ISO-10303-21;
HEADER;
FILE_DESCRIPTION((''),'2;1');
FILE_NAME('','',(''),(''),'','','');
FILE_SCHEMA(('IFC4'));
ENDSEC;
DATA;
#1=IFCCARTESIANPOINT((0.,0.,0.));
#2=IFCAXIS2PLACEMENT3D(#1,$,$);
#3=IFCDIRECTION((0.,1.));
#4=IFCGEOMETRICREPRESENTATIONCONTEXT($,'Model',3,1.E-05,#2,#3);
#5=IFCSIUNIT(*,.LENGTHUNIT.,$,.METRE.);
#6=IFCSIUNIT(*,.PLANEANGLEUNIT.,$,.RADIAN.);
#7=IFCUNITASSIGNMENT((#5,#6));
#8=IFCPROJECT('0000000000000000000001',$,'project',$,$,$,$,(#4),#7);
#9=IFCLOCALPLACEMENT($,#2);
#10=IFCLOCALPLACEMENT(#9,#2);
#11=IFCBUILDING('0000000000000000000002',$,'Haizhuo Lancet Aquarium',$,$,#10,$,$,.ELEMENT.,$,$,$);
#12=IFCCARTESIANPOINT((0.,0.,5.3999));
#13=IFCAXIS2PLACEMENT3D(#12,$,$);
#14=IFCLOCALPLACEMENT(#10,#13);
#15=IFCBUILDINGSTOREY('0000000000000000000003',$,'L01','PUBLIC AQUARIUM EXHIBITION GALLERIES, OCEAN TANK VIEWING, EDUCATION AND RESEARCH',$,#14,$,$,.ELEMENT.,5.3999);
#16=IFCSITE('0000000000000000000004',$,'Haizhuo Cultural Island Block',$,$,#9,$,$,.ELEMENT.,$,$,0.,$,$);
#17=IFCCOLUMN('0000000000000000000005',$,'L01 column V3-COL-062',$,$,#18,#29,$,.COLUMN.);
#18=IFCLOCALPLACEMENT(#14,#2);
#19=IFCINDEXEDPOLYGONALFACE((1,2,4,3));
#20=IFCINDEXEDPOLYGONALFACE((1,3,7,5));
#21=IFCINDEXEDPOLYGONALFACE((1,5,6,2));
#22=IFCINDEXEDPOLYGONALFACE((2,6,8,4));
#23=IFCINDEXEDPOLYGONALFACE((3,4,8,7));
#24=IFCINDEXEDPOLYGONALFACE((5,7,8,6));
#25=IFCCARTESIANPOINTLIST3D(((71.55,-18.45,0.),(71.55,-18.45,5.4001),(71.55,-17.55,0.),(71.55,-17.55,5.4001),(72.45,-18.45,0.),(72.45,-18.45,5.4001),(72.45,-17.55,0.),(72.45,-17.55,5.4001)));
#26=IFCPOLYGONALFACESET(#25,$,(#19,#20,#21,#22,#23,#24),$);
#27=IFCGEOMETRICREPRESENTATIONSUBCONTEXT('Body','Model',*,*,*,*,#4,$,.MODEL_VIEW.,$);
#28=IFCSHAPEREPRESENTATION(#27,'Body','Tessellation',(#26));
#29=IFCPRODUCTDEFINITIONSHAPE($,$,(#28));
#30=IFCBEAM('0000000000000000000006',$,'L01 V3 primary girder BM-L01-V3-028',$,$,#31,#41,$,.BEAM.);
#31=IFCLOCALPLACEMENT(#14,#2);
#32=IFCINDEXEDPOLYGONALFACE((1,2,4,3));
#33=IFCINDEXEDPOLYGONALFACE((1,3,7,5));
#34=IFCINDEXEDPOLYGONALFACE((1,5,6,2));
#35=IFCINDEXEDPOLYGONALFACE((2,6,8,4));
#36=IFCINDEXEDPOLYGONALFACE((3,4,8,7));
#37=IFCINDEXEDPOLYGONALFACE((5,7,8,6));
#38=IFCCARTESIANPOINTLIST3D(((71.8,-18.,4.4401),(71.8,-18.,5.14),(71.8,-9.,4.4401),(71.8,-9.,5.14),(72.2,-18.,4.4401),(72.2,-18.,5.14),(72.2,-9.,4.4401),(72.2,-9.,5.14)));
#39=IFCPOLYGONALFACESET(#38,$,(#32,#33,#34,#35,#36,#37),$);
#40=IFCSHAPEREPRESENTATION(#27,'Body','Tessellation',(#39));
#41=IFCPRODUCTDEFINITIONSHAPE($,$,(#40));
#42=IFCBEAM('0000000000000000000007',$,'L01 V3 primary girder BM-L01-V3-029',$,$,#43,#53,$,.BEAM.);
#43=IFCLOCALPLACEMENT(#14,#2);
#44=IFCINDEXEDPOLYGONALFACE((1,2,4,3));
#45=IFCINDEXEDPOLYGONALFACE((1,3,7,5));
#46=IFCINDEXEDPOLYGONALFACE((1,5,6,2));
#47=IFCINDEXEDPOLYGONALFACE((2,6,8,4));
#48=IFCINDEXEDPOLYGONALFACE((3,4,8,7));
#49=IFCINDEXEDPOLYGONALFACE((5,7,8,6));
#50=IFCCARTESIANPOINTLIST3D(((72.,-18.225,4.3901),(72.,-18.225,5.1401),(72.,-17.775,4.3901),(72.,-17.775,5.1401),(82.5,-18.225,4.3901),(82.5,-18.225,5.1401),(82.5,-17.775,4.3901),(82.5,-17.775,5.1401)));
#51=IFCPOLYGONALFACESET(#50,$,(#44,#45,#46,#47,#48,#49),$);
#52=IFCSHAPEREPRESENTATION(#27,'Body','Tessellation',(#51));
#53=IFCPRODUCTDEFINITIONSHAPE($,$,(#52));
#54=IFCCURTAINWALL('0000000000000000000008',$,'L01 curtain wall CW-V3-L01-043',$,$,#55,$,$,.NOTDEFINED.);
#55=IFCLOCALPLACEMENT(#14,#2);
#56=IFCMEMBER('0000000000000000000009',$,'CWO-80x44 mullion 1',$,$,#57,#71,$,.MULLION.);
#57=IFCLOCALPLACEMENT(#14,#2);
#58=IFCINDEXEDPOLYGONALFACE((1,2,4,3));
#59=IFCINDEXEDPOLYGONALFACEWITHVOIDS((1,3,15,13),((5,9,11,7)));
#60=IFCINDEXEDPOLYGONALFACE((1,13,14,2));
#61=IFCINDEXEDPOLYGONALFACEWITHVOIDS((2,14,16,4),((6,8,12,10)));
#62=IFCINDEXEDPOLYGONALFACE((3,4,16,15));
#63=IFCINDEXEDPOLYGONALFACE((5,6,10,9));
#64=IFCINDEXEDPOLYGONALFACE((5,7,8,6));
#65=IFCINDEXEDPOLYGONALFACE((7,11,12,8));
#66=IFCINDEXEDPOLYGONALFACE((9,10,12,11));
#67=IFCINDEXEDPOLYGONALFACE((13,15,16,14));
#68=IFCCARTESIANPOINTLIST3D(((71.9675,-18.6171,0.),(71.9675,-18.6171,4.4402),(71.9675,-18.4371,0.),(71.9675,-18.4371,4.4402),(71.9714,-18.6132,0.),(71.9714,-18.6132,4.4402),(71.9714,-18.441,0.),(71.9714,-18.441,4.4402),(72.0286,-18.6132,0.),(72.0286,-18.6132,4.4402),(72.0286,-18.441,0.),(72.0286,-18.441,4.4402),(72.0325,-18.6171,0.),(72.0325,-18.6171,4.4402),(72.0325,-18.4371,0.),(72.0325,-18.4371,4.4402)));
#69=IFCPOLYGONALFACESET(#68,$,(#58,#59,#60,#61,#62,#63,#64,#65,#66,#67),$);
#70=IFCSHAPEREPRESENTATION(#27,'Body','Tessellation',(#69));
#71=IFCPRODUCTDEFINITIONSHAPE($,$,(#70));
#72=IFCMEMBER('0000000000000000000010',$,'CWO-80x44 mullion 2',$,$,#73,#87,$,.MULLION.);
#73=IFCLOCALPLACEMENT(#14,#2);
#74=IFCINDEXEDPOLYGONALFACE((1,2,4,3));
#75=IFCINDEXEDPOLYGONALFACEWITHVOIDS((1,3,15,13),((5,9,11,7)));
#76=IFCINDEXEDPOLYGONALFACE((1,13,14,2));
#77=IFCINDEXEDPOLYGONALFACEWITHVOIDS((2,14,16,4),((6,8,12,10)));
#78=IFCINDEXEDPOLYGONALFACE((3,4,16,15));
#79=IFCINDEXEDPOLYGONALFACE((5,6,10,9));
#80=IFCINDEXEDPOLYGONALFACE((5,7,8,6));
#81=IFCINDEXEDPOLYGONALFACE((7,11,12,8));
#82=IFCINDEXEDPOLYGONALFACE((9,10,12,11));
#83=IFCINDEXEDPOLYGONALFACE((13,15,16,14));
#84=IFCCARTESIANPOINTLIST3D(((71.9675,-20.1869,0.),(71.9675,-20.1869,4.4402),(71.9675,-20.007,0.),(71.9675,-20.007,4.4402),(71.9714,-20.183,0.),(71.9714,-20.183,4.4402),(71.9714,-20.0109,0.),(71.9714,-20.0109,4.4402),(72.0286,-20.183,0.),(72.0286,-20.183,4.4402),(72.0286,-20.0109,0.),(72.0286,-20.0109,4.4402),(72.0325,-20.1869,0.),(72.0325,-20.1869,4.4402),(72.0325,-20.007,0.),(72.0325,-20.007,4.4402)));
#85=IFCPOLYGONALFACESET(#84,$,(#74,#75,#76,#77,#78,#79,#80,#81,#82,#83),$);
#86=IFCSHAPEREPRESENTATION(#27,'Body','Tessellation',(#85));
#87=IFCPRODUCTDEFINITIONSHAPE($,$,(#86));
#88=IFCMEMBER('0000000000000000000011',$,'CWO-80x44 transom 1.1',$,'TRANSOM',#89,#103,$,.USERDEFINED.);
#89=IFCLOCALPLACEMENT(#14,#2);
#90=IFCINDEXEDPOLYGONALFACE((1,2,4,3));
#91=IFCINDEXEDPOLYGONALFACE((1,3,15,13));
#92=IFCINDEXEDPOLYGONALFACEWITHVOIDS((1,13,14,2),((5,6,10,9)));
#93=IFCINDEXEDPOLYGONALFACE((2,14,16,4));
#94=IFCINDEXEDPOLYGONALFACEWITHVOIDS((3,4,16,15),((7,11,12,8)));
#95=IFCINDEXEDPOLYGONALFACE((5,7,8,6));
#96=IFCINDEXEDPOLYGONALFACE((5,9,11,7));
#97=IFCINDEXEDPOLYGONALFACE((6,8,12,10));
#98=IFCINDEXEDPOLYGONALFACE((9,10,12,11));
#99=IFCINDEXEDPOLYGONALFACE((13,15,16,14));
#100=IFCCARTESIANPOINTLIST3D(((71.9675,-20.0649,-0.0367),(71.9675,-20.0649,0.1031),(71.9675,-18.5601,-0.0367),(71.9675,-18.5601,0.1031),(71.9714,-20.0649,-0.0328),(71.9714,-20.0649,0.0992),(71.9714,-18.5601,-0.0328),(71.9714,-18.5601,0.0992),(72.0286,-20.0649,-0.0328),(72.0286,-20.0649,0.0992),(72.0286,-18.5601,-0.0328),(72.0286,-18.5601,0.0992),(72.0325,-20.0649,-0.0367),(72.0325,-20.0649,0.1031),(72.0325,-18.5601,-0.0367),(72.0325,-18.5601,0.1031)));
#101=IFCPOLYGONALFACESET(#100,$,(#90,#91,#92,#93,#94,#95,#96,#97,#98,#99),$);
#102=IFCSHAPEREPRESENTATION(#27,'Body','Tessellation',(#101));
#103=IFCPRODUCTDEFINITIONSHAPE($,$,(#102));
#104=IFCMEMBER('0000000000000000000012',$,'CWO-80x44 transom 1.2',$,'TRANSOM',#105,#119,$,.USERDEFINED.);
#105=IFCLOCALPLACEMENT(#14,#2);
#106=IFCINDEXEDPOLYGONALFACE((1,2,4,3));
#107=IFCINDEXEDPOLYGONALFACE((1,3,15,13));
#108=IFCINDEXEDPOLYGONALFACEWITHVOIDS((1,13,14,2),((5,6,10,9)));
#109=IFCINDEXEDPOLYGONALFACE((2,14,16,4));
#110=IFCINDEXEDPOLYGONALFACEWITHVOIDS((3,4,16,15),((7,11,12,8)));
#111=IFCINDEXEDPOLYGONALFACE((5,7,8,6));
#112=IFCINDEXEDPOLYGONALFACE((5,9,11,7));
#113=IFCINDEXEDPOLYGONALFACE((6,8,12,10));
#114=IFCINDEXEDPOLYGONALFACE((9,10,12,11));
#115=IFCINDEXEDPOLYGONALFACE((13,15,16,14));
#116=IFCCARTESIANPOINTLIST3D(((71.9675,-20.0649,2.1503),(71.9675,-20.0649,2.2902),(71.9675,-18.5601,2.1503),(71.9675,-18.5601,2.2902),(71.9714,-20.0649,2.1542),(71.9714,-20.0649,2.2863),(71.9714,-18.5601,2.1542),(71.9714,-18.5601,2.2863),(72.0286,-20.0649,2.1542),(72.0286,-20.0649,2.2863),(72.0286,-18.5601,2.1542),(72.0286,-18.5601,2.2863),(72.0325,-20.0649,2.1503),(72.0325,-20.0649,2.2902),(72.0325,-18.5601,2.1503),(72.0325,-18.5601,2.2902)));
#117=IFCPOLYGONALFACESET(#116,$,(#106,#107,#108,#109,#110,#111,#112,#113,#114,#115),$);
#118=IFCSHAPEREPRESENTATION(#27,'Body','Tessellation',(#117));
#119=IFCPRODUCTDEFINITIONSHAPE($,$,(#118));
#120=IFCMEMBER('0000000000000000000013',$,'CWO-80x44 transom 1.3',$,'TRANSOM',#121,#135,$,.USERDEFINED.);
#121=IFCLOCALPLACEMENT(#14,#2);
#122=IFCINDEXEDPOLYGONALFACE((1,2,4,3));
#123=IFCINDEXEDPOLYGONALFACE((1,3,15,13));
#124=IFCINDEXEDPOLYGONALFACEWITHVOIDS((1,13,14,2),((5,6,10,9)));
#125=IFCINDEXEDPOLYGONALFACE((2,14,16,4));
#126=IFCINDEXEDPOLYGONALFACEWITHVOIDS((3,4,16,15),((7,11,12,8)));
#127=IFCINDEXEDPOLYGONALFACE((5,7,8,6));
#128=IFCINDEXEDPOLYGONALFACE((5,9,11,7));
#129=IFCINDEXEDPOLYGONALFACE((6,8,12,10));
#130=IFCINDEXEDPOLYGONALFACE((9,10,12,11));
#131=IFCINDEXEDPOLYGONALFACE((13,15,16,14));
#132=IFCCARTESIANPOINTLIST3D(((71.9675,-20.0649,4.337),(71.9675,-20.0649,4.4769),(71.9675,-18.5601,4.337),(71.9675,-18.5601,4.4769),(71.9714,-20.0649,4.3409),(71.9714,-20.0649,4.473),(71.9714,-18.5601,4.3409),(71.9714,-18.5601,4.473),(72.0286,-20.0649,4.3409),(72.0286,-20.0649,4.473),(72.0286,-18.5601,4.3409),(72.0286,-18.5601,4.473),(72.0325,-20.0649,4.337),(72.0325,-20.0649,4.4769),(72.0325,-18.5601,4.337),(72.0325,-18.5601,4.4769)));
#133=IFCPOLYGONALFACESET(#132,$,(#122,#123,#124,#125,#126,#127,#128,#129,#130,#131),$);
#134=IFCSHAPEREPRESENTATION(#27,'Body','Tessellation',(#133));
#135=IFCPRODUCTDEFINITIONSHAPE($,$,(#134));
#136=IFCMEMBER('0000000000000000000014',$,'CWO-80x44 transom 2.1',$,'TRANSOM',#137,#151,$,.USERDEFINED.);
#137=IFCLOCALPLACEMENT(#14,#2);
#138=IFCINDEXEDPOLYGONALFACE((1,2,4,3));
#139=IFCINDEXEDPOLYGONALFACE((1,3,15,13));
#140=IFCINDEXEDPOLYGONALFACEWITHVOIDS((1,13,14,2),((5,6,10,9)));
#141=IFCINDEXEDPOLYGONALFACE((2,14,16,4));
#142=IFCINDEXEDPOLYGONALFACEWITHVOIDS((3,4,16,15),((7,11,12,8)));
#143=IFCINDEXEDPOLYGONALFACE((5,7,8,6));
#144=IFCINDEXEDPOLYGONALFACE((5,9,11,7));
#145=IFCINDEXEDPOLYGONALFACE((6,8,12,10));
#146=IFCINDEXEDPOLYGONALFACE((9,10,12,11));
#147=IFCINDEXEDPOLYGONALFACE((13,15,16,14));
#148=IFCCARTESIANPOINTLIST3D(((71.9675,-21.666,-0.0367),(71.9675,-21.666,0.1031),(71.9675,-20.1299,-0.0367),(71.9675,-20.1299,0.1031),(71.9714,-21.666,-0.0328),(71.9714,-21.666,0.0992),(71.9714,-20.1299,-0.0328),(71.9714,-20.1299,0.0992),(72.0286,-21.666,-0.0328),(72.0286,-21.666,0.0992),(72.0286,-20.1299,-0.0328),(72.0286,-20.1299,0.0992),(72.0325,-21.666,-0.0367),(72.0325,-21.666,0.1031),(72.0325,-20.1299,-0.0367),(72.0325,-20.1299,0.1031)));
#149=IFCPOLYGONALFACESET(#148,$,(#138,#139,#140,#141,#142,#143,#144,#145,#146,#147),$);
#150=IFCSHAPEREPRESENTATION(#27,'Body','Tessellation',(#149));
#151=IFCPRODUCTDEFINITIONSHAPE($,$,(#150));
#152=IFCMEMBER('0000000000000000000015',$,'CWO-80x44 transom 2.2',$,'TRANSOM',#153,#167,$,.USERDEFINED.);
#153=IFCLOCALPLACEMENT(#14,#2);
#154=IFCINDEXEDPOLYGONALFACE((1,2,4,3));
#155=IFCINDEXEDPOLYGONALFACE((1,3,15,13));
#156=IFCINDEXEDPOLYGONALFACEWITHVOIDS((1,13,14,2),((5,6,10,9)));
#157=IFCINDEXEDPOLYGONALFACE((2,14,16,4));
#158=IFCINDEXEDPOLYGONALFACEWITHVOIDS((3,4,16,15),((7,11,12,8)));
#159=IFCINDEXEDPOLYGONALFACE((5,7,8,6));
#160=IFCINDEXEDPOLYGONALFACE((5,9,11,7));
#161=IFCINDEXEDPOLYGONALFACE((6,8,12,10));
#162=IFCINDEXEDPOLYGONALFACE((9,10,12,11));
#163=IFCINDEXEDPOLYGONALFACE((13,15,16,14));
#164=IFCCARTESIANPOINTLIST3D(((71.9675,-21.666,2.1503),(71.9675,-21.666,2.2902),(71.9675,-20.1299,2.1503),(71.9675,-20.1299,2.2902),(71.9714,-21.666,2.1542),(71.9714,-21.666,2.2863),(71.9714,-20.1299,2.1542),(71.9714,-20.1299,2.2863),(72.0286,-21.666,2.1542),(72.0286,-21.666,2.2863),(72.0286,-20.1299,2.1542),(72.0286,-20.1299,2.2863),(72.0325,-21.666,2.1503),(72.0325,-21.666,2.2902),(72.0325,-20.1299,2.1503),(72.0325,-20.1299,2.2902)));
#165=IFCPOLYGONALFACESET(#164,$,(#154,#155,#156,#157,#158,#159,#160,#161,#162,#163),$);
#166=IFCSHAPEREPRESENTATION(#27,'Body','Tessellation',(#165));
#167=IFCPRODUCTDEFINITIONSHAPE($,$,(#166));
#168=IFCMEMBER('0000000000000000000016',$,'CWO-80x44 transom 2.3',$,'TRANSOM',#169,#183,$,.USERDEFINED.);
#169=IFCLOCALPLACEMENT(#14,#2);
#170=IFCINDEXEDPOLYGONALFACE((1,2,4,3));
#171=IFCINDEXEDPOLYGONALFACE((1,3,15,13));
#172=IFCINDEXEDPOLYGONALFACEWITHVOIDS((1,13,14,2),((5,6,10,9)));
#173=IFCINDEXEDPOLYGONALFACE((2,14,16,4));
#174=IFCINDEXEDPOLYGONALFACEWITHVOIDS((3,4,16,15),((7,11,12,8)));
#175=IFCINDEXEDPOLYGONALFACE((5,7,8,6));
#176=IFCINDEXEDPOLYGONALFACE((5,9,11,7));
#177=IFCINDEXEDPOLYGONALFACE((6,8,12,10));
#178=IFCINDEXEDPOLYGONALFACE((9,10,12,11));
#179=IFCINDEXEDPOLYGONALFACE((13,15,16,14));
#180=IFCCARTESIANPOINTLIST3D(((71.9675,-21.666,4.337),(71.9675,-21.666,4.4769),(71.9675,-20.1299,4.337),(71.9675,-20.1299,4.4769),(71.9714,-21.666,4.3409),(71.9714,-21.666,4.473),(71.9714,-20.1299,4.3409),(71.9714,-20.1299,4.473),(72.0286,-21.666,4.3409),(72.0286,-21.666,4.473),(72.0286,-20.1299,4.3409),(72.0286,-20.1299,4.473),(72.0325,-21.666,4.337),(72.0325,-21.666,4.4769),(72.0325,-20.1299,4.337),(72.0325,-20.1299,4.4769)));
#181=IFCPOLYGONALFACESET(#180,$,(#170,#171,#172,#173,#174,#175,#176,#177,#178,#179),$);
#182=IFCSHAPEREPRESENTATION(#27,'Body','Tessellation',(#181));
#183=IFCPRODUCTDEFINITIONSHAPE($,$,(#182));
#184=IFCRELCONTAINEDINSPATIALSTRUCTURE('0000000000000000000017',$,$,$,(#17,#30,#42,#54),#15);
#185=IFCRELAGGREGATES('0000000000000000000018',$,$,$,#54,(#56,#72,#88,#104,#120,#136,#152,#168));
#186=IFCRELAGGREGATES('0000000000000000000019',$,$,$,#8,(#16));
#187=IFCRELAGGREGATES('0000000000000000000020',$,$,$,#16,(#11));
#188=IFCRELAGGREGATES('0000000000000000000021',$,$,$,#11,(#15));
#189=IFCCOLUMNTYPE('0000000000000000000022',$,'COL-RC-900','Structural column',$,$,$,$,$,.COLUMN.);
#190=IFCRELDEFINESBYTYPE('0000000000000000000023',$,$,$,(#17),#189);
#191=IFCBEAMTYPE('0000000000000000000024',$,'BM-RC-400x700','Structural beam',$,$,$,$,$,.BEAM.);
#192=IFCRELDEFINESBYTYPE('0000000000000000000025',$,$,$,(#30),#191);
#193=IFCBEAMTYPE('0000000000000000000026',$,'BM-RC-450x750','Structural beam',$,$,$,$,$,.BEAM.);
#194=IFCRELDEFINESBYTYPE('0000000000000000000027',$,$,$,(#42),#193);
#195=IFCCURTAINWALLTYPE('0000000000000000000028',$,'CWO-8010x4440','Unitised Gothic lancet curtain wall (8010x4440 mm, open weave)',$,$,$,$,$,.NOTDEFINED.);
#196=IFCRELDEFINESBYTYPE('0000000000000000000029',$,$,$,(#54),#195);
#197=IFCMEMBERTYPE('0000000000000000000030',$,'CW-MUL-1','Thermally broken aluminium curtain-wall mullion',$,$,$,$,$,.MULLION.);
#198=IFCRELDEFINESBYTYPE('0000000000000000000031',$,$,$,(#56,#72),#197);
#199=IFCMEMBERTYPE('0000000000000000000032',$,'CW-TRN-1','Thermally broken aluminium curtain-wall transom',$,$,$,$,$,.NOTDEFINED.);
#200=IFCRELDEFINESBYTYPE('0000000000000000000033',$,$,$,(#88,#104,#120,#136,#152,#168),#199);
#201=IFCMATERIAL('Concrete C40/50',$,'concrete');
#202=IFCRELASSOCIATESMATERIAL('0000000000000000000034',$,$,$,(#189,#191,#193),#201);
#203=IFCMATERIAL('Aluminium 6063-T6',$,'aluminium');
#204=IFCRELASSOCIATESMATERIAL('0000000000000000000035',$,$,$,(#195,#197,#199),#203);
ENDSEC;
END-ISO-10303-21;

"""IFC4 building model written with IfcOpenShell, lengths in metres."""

from ifc_helpers import new_model, si_unit, direction, frame, origin, origin_2d, place, context, subcontext, project, spatial, rectangle, hollow_rectangle, extrude, material, material_profile, profile_set, type_object, element, aggregate, save


model = new_model("IFC4")

# Units and contexts
model_context = context("Model", 3, precision=1e-05, world=origin(), true_north=direction((0.0, 1.0)))
body_context = subcontext(model_context, "Body", "Model", "MODEL_VIEW")
ifc_project = project(units=[si_unit("LENGTHUNIT", "METRE"), si_unit("PLANEANGLEUNIT", "RADIAN")], contexts=[model_context])

# Site, building, storey
site_placement = place(None, origin())
site = spatial("IfcSite", under=ifc_project, at=site_placement, Name="Haizhuo Cultural Island Block", CompositionType="ELEMENT", RefElevation=0.0)
building_placement = place(site_placement, origin())
building = spatial("IfcBuilding", under=site, at=building_placement, Name="Haizhuo Lancet Aquarium", CompositionType="ELEMENT")
storey_placement = place(building_placement, frame((0.0, 0.0, 5.3999)))
storey = spatial("IfcBuildingStorey", under=building, at=storey_placement, Name="L01", Description="PUBLIC AQUARIUM EXHIBITION GALLERIES, OCEAN TANK VIEWING, EDUCATION AND RESEARCH", CompositionType="ELEMENT", Elevation=5.3999)

# Column
ifc_material_1 = material(Name="Concrete C40/50", Category="concrete")
ifc_material_profile_1 = material_profile(ifc_material_1, rectangle(XDim=0.8999, YDim=0.8999, at=origin_2d()), Name="RC-COL 900x900")
ifc_profile_set_1 = profile_set([ifc_material_profile_1], Name="Concrete C40/50")
column_type = type_object("IfcColumnType", Name="COL-RC-900", Description="Structural column", PredefinedType="COLUMN", material=ifc_profile_set_1)
column_placement = place(storey_placement, frame((72.0, -18.0, 0.0), z_axis=(0.0, 0.0, 1.0), x_axis=(1.0, 0.0, 0.0)))
element("IfcColumn", 1, at=column_placement, inside=storey, type_object=column_type, Name="L01 column V3-COL-062", PredefinedType="COLUMN", context=body_context, shape_type="SweptSolid", body=[
    extrude(rectangle(XDim=0.8999, YDim=0.8999, at=origin_2d()), origin(), (0.0, 0.0, 1.0), 5.4001),
])

# Beams
ifc_material_profile_2 = material_profile(ifc_material_1, rectangle(XDim=0.3999, YDim=0.7, at=origin_2d()), Name="RC-BM 400x700")
ifc_profile_set_2 = profile_set([ifc_material_profile_2], Name="Concrete C40/50")
beam_type_1 = type_object("IfcBeamType", Name="BM-RC-400x700", Description="Structural beam", PredefinedType="BEAM", material=ifc_profile_set_2)
beam_1_placement = place(storey_placement, frame((72.0, -18.0, 4.79), z_axis=(0.0, 1.0, 0.0), x_axis=(-1.0, 0.0, 0.0)))
element("IfcBeam", 2, at=beam_1_placement, inside=storey, type_object=beam_type_1, Name="L01 V3 primary girder BM-L01-V3-028", PredefinedType="BEAM", context=body_context, shape_type="SweptSolid", body=[
    extrude(rectangle(XDim=0.3999, YDim=0.7, at=origin_2d()), origin(), (0.0, 0.0, 1.0), 9.0),
])
ifc_material_profile_3 = material_profile(ifc_material_1, rectangle(XDim=0.45, YDim=0.75, at=origin_2d()), Name="RC-BM 450x750")
ifc_profile_set_3 = profile_set([ifc_material_profile_3], Name="Concrete C40/50")
beam_type_2 = type_object("IfcBeamType", Name="BM-RC-450x750", Description="Structural beam", PredefinedType="BEAM", material=ifc_profile_set_3)
beam_2_placement = place(storey_placement, frame((72.0, -18.0, 4.7651), z_axis=(1.0, 0.0, 0.0), x_axis=(0.0, 1.0, 0.0)))
element("IfcBeam", 3, at=beam_2_placement, inside=storey, type_object=beam_type_2, Name="L01 V3 primary girder BM-L01-V3-029", PredefinedType="BEAM", context=body_context, shape_type="SweptSolid", body=[
    extrude(rectangle(XDim=0.45, YDim=0.75, at=origin_2d()), origin(), (0.0, 0.0, 1.0), 10.5),
])

# Curtain wall, members
ifc_material_2 = material(Name="Aluminium 6063-T6", Category="aluminium")
curtain_wall_type = type_object("IfcCurtainWallType", Name="CWO-8010x4440", Description="Unitised Gothic lancet curtain wall (8010x4440 mm, open weave)", PredefinedType="NOTDEFINED", material=ifc_material_2)
curtain_wall_placement = place(storey_placement, origin())
curtain_wall = element("IfcCurtainWall", 4, at=curtain_wall_placement, inside=storey, type_object=curtain_wall_type, Name="L01 curtain wall CW-V3-L01-043", PredefinedType="NOTDEFINED")
ifc_material_profile_4 = material_profile(ifc_material_2, hollow_rectangle(XDim=0.0649, YDim=0.1799, WallThickness=0.0039, at=origin_2d()), Name="ALU-M 65x180x4")
ifc_profile_set_4 = profile_set([ifc_material_profile_4], Name="Aluminium 6063-T6")
member_type_1 = type_object("IfcMemberType", Name="CW-MUL-1", Description="Thermally broken aluminium curtain-wall mullion", PredefinedType="MULLION", material=ifc_profile_set_4)
member_1_placement = place(storey_placement, frame((72.0, -18.5271, 0.0), z_axis=(0.0, 0.0, 1.0), x_axis=(1.0, 0.0, 0.0)))
member_1 = element("IfcMember", 5, at=member_1_placement, type_object=member_type_1, Name="CWO-80x44 mullion 1", PredefinedType="MULLION", context=body_context, shape_type="SweptSolid", body=[
    extrude(hollow_rectangle(XDim=0.0649, YDim=0.1799, WallThickness=0.0039, at=origin_2d()), origin(), (0.0, 0.0, 1.0), 4.4402),
])
member_2_placement = place(storey_placement, frame((72.0, -20.0969, 0.0), z_axis=(0.0, 0.0, 1.0), x_axis=(1.0, 0.0, 0.0)))
member_2 = element("IfcMember", 6, at=member_2_placement, type_object=member_type_1, Name="CWO-80x44 mullion 2", PredefinedType="MULLION", context=body_context, shape_type="SweptSolid", body=[
    extrude(hollow_rectangle(XDim=0.0649, YDim=0.1799, WallThickness=0.0039, at=origin_2d()), origin(), (0.0, 0.0, 1.0), 4.4402),
])
ifc_material_profile_5 = material_profile(ifc_material_2, hollow_rectangle(XDim=0.0649, YDim=0.1399, WallThickness=0.0039, at=origin_2d()), Name="ALU-T 65x140x4")
ifc_profile_set_5 = profile_set([ifc_material_profile_5], Name="Aluminium 6063-T6")
member_type_2 = type_object("IfcMemberType", Name="CW-TRN-1", Description="Thermally broken aluminium curtain-wall transom", PredefinedType="NOTDEFINED", material=ifc_profile_set_5)
member_3_placement = place(storey_placement, frame((72.0, -18.5601, 0.0332), z_axis=(0.0, -1.0, 0.0), x_axis=(1.0, 0.0, 0.0)))
member_3 = element("IfcMember", 7, at=member_3_placement, type_object=member_type_2, Name="CWO-80x44 transom 1.1", ObjectType="TRANSOM", PredefinedType="USERDEFINED", context=body_context, shape_type="SweptSolid", body=[
    extrude(hollow_rectangle(XDim=0.0649, YDim=0.1399, WallThickness=0.0039, at=origin_2d()), origin(), (0.0, 0.0, 1.0), 1.5049),
])
member_4_placement = place(storey_placement, frame((72.0, -18.5601, 2.2202), z_axis=(0.0, -1.0, 0.0), x_axis=(1.0, 0.0, 0.0)))
member_4 = element("IfcMember", 8, at=member_4_placement, type_object=member_type_2, Name="CWO-80x44 transom 1.2", ObjectType="TRANSOM", PredefinedType="USERDEFINED", context=body_context, shape_type="SweptSolid", body=[
    extrude(hollow_rectangle(XDim=0.0649, YDim=0.1399, WallThickness=0.0039, at=origin_2d()), origin(), (0.0, 0.0, 1.0), 1.5049),
])
member_5_placement = place(storey_placement, frame((72.0, -18.5601, 4.407), z_axis=(0.0, -1.0, 0.0), x_axis=(1.0, 0.0, 0.0)))
member_5 = element("IfcMember", 9, at=member_5_placement, type_object=member_type_2, Name="CWO-80x44 transom 1.3", ObjectType="TRANSOM", PredefinedType="USERDEFINED", context=body_context, shape_type="SweptSolid", body=[
    extrude(hollow_rectangle(XDim=0.0649, YDim=0.1399, WallThickness=0.0039, at=origin_2d()), origin(), (0.0, 0.0, 1.0), 1.5049),
])
member_6_placement = place(storey_placement, frame((72.0, -20.1299, 0.0332), z_axis=(0.0, -1.0, 0.0), x_axis=(1.0, 0.0, 0.0)))
member_6 = element("IfcMember", 10, at=member_6_placement, type_object=member_type_2, Name="CWO-80x44 transom 2.1", ObjectType="TRANSOM", PredefinedType="USERDEFINED", context=body_context, shape_type="SweptSolid", body=[
    extrude(hollow_rectangle(XDim=0.0649, YDim=0.1399, WallThickness=0.0039, at=origin_2d()), origin(), (0.0, 0.0, 1.0), 1.5361),
])
member_7_placement = place(storey_placement, frame((72.0, -20.1299, 2.2202), z_axis=(0.0, -1.0, 0.0), x_axis=(1.0, 0.0, 0.0)))
member_7 = element("IfcMember", 11, at=member_7_placement, type_object=member_type_2, Name="CWO-80x44 transom 2.2", ObjectType="TRANSOM", PredefinedType="USERDEFINED", context=body_context, shape_type="SweptSolid", body=[
    extrude(hollow_rectangle(XDim=0.0649, YDim=0.1399, WallThickness=0.0039, at=origin_2d()), origin(), (0.0, 0.0, 1.0), 1.5361),
])
member_8_placement = place(storey_placement, frame((72.0, -20.1299, 4.407), z_axis=(0.0, -1.0, 0.0), x_axis=(1.0, 0.0, 0.0)))
member_8 = element("IfcMember", 12, at=member_8_placement, type_object=member_type_2, Name="CWO-80x44 transom 2.3", ObjectType="TRANSOM", PredefinedType="USERDEFINED", context=body_context, shape_type="SweptSolid", body=[
    extrude(hollow_rectangle(XDim=0.0649, YDim=0.1399, WallThickness=0.0039, at=origin_2d()), origin(), (0.0, 0.0, 1.0), 1.5361),
])

aggregate(curtain_wall, [member_1, member_2, member_3, member_4, member_5, member_6, member_7, member_8])

save(model, "model.ifc")
